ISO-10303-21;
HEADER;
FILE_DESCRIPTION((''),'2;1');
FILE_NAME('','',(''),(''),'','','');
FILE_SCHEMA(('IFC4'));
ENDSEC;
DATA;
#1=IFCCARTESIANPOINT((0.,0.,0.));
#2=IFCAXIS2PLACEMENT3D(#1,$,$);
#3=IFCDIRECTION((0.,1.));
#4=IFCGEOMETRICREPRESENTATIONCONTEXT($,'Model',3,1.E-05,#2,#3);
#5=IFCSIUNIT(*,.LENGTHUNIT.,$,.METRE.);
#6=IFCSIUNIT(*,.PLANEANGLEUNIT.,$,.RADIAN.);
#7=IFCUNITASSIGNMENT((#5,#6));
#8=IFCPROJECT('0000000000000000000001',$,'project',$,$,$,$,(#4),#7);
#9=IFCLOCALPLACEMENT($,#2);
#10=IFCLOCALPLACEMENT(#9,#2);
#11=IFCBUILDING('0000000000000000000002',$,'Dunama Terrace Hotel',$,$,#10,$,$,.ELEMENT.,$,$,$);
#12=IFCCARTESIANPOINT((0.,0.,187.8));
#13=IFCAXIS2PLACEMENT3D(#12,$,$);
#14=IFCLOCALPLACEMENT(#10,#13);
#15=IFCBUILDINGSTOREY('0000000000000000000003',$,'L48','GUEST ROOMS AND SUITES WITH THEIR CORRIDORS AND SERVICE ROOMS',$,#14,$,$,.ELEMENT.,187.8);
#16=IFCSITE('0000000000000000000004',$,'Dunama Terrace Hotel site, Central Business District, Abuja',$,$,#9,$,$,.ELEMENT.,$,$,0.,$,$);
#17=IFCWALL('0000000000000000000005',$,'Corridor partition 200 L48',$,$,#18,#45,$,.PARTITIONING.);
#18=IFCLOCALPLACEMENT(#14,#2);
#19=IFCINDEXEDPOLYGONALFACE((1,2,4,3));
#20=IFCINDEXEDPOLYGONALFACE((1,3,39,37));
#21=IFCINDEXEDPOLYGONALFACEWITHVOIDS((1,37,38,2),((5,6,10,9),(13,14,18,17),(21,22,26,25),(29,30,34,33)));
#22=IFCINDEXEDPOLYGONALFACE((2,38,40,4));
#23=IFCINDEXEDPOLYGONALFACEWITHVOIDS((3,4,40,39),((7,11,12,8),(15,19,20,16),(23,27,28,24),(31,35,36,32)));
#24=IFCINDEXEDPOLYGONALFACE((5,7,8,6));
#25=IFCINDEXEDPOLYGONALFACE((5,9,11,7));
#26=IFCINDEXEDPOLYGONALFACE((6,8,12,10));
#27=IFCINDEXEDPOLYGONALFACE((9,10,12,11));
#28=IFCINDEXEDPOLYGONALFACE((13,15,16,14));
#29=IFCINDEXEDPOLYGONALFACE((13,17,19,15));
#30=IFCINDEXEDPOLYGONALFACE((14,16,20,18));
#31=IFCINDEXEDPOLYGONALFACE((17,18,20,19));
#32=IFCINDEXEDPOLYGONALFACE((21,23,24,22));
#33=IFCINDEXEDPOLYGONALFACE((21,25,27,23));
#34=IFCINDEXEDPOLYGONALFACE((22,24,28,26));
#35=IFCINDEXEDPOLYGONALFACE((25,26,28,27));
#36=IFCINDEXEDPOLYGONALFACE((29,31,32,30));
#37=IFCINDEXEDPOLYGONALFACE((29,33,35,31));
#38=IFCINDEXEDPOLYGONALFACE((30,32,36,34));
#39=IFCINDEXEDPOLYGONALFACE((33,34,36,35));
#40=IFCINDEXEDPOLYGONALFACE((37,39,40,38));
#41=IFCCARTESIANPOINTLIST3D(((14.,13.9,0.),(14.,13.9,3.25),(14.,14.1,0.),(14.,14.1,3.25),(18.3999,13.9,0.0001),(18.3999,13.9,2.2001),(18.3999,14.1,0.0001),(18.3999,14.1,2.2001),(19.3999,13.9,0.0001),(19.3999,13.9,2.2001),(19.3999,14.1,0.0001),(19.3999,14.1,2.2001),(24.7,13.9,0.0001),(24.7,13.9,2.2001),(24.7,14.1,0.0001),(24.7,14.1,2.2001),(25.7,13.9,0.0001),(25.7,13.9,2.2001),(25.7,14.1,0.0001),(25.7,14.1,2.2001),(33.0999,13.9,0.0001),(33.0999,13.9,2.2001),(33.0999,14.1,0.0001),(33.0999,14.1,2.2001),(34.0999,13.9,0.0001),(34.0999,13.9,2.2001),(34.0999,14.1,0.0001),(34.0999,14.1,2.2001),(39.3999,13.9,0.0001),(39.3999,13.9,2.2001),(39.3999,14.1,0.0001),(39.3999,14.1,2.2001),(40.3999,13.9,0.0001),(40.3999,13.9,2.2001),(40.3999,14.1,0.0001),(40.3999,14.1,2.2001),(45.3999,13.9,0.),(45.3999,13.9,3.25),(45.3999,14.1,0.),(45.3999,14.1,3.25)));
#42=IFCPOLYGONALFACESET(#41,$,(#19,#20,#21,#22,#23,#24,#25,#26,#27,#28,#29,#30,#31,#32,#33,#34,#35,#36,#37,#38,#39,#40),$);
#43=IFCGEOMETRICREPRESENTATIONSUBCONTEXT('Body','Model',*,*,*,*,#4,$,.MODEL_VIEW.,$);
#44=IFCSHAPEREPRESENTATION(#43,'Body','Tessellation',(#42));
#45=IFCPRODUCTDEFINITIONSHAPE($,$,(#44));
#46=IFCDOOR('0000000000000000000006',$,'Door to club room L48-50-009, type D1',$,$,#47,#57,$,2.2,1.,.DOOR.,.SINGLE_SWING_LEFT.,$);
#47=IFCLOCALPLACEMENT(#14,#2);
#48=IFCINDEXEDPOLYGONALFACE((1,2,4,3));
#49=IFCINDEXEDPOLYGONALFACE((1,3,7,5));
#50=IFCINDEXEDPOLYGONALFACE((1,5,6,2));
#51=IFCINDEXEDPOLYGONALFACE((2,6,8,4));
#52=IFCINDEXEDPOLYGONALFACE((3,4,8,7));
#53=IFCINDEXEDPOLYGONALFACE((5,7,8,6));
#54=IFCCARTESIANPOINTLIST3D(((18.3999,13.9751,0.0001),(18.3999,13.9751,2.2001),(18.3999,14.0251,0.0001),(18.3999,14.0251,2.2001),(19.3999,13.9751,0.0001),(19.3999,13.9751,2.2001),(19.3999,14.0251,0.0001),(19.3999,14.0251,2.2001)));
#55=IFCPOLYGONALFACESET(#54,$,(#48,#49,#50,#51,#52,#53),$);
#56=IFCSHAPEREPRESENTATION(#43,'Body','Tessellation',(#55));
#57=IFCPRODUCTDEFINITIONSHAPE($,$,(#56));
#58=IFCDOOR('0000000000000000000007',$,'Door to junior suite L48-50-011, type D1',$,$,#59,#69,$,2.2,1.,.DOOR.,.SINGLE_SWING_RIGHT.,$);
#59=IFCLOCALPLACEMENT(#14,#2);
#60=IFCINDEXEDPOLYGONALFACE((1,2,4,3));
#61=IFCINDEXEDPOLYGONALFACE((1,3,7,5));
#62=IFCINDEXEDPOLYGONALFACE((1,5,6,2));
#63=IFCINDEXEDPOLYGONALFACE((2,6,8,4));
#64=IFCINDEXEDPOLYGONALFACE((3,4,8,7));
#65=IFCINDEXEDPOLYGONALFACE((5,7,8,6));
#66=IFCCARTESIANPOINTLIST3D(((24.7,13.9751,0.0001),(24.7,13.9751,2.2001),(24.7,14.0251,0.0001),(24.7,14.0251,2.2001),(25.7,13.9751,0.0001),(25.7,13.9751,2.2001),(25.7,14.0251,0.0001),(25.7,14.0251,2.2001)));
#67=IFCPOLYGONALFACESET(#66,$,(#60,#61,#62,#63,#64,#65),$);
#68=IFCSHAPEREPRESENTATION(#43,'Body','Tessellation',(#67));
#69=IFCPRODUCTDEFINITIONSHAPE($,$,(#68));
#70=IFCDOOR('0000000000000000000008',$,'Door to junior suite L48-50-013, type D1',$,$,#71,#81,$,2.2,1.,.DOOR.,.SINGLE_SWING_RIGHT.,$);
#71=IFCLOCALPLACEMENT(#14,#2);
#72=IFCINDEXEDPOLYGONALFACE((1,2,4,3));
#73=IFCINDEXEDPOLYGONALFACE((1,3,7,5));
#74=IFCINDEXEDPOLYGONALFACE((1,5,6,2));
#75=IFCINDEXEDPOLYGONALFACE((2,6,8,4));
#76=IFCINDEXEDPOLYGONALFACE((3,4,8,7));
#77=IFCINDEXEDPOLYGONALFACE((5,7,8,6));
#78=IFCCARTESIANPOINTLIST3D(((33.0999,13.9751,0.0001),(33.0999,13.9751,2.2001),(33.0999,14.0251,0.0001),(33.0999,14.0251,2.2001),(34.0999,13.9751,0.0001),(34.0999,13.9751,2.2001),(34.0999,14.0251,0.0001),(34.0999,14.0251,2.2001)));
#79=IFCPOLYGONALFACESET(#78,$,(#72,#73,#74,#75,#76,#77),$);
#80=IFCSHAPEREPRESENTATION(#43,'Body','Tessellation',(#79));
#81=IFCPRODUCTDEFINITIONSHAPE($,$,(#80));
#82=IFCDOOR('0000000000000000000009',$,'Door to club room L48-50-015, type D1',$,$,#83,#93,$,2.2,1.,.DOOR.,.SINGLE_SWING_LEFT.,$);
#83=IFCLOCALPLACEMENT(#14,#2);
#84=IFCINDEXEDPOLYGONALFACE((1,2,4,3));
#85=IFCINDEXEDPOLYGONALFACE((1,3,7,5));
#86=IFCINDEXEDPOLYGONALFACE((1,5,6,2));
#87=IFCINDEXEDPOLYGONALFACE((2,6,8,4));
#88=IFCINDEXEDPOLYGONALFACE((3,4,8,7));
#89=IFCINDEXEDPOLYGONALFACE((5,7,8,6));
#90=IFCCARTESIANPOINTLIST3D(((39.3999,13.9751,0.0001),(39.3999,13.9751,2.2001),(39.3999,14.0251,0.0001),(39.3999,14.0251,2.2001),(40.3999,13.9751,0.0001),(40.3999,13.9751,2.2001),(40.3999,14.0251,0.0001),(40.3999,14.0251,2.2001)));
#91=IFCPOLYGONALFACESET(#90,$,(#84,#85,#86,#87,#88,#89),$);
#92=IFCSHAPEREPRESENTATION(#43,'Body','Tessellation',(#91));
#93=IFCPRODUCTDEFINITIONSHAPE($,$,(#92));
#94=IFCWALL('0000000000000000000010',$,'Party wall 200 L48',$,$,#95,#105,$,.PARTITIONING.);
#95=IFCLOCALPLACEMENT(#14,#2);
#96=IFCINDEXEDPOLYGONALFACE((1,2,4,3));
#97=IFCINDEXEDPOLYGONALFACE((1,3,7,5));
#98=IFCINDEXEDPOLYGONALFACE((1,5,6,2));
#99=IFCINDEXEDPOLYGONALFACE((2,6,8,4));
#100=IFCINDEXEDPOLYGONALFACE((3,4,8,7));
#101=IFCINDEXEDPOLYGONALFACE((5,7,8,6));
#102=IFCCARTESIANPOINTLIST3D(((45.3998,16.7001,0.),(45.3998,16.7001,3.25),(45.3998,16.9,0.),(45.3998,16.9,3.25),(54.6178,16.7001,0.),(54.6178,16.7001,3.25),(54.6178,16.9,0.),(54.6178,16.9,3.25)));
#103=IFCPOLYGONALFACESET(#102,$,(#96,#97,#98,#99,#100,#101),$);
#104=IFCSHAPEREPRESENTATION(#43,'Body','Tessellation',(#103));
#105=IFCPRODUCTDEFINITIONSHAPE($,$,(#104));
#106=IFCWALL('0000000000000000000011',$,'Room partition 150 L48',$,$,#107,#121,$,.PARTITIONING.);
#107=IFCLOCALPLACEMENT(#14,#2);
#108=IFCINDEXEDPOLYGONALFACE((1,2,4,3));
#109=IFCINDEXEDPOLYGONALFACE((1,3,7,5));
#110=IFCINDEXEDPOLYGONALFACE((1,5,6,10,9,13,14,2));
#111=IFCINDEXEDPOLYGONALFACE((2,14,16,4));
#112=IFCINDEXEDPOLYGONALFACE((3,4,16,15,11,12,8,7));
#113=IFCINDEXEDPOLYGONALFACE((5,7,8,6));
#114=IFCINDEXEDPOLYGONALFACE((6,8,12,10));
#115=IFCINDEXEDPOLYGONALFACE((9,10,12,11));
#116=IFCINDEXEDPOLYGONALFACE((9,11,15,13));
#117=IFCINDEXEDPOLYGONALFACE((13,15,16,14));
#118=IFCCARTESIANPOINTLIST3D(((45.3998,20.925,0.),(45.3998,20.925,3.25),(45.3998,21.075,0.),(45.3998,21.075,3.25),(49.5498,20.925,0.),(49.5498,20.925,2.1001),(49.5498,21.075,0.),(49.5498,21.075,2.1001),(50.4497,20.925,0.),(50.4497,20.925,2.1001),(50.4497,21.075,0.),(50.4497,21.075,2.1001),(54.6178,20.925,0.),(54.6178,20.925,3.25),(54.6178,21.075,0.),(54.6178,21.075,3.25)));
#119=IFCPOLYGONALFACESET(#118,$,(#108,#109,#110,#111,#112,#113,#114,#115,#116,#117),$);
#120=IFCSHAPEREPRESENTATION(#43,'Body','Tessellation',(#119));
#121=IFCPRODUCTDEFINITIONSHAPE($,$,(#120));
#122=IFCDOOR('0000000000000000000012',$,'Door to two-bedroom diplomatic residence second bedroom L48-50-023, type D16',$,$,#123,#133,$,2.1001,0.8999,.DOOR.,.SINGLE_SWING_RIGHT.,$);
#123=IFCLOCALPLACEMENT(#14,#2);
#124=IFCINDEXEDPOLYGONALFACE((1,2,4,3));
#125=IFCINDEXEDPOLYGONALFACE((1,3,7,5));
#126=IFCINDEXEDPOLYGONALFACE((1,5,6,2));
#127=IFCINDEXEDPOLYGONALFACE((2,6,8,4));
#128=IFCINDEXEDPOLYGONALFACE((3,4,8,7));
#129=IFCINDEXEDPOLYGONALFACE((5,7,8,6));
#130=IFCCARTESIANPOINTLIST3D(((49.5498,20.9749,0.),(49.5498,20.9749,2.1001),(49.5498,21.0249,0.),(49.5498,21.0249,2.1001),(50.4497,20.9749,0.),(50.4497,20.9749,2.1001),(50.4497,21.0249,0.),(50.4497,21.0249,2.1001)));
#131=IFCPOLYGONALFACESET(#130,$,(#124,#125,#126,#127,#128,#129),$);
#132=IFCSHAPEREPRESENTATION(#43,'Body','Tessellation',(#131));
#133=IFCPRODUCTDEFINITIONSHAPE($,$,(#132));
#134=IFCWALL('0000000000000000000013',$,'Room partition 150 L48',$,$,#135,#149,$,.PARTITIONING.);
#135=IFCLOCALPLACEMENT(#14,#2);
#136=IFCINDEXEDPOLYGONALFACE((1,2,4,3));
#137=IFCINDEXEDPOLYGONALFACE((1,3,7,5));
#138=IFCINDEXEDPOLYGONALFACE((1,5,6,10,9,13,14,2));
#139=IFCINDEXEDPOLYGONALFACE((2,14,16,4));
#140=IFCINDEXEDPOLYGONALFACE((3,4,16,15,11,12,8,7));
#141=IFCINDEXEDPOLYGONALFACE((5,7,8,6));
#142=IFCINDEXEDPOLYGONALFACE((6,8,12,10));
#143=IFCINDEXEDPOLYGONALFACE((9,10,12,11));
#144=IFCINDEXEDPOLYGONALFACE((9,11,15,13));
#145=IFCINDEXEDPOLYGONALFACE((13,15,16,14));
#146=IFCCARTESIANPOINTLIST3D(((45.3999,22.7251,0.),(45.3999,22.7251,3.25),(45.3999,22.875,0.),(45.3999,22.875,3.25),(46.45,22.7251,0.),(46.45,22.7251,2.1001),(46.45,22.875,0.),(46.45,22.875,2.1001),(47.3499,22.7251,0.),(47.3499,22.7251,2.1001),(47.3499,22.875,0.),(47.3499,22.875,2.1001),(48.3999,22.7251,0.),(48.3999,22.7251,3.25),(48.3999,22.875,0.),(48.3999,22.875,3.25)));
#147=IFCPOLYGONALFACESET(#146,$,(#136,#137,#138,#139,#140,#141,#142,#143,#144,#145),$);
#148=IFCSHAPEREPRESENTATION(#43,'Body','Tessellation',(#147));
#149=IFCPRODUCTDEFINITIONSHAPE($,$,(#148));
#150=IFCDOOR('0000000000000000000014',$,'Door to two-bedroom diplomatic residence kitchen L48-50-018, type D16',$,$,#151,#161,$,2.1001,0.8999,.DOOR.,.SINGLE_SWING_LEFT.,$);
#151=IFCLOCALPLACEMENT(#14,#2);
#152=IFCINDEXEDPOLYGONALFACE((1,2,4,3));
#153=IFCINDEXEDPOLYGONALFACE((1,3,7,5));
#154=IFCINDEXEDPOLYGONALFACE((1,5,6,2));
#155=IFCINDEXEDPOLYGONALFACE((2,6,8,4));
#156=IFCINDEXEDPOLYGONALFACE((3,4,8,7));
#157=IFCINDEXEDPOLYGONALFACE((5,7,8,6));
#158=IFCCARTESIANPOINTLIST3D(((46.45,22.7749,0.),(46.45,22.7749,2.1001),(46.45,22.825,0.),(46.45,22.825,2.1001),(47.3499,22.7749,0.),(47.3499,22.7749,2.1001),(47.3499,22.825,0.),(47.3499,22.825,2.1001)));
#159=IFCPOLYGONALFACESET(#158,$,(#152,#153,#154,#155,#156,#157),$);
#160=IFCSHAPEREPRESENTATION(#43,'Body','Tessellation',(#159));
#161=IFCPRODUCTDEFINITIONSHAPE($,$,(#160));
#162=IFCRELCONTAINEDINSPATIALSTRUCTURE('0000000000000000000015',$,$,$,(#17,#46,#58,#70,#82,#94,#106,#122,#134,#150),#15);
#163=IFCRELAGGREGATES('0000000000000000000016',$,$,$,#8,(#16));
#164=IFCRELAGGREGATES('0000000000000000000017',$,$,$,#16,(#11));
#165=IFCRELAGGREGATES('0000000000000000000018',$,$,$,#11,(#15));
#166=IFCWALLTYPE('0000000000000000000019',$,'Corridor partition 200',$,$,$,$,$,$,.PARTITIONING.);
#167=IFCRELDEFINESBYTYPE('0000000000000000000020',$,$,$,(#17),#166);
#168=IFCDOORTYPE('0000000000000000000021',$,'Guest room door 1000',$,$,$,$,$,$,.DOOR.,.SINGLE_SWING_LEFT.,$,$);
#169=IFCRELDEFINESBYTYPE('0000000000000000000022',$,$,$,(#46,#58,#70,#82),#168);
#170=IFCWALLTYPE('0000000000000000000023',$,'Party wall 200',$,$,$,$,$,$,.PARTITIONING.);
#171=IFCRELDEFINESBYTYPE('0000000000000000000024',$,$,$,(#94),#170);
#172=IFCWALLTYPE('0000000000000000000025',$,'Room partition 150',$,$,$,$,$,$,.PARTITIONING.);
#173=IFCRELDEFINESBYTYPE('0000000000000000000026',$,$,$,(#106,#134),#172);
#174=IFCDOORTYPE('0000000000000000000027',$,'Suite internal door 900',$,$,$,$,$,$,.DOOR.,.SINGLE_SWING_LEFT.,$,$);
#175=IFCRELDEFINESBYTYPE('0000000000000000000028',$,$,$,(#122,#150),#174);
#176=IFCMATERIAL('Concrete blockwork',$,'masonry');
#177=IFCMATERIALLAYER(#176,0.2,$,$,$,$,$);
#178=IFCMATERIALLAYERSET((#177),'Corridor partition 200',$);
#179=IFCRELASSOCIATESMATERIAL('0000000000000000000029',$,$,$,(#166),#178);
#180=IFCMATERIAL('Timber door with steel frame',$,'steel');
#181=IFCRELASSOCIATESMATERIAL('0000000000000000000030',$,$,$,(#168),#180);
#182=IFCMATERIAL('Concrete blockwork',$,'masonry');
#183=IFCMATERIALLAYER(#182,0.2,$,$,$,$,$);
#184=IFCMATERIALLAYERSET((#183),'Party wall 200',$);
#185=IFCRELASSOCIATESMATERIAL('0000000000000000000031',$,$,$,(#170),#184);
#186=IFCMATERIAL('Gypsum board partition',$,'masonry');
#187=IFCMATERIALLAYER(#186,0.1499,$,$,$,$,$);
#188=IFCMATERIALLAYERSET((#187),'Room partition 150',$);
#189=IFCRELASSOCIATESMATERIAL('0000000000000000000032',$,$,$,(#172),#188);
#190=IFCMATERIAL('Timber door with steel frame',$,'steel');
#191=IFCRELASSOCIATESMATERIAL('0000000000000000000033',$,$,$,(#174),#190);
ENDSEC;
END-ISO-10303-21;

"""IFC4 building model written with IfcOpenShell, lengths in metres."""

from ifc_helpers import new_model, si_unit, direction, frame, frame_2d, origin, place, context, subcontext, project, spatial, rectangle, extrude, material, layer, layer_set, type_object, element, fill, save


model = new_model("IFC4")

# Units and contexts
model_context = context("Model", 3, precision=1e-05, world=origin(), true_north=direction((0.0, 1.0)))
body_context = subcontext(model_context, "Body", "Model", "MODEL_VIEW")
ifc_project = project(units=[si_unit("LENGTHUNIT", "METRE"), si_unit("PLANEANGLEUNIT", "RADIAN")], contexts=[model_context])

# Site, building, storey
site_placement = place(None, origin())
site = spatial("IfcSite", under=ifc_project, at=site_placement, Name="Dunama Terrace Hotel site, Central Business District, Abuja", CompositionType="ELEMENT", RefElevation=0.0)
building_placement = place(site_placement, origin())
building = spatial("IfcBuilding", under=site, at=building_placement, Name="Dunama Terrace Hotel", CompositionType="ELEMENT")
storey_placement = place(building_placement, frame((0.0, 0.0, 187.8)))
storey = spatial("IfcBuildingStorey", under=building, at=storey_placement, Name="L48", Description="GUEST ROOMS AND SUITES WITH THEIR CORRIDORS AND SERVICE ROOMS", CompositionType="ELEMENT", Elevation=187.8)

# Wall, openings, doors
ifc_material_1 = material(Name="Concrete blockwork", Category="masonry")
ifc_layer_1 = layer(ifc_material_1, 0.2)
ifc_layer_set_1 = layer_set([ifc_layer_1], Name="Corridor partition 200")
wall_type_1 = type_object("IfcWallType", Name="Corridor partition 200", PredefinedType="PARTITIONING", material=ifc_layer_set_1)
wall_1_placement = place(storey_placement, frame((45.3999, 14.0, 0.0), z_axis=(0.0, 0.0, 1.0), x_axis=(-1.0, 0.0, 0.0)))
wall_1 = element("IfcWall", 1, at=wall_1_placement, inside=storey, type_object=wall_type_1, Name="Corridor partition 200 L48", PredefinedType="PARTITIONING", context=body_context, shape_type="SweptSolid", body=[
    extrude(rectangle(XDim=31.3999, YDim=0.2, at=frame_2d((15.7, 0.0))), origin(), (0.0, 0.0, 1.0), 3.25),
])
opening_1_placement = place(wall_1_placement, frame((26.0, 0.0, 0.0)))
opening_1 = element("IfcOpeningElement", 2, at=opening_1_placement, cuts=wall_1, PredefinedType="OPENING", context=body_context, shape_type="SweptSolid", body=[
    extrude(rectangle(XDim=1.0, YDim=2.2, at=frame_2d((0.5, 1.1001))), frame((0.0, 0.1099, 0.0), z_axis=(0.0, -1.0, 0.0), x_axis=(1.0, 0.0, 0.0)), (0.0, 0.0, 1.0), 0.22),
])
opening_2_placement = place(wall_1_placement, frame((19.7, 0.0, 0.0)))
opening_2 = element("IfcOpeningElement", 3, at=opening_2_placement, cuts=wall_1, PredefinedType="OPENING", context=body_context, shape_type="SweptSolid", body=[
    extrude(rectangle(XDim=1.0, YDim=2.2, at=frame_2d((0.5, 1.1001))), frame((0.0, 0.1099, 0.0), z_axis=(0.0, -1.0, 0.0), x_axis=(1.0, 0.0, 0.0)), (0.0, 0.0, 1.0), 0.22),
])
opening_3_placement = place(wall_1_placement, frame((11.3, 0.0, 0.0)))
opening_3 = element("IfcOpeningElement", 4, at=opening_3_placement, cuts=wall_1, PredefinedType="OPENING", context=body_context, shape_type="SweptSolid", body=[
    extrude(rectangle(XDim=1.0, YDim=2.2, at=frame_2d((0.5, 1.1001))), frame((0.0, 0.1099, 0.0), z_axis=(0.0, -1.0, 0.0), x_axis=(1.0, 0.0, 0.0)), (0.0, 0.0, 1.0), 0.22),
])
opening_4_placement = place(wall_1_placement, frame((5.0, 0.0, 0.0)))
opening_4 = element("IfcOpeningElement", 5, at=opening_4_placement, cuts=wall_1, PredefinedType="OPENING", context=body_context, shape_type="SweptSolid", body=[
    extrude(rectangle(XDim=1.0, YDim=2.2, at=frame_2d((0.5, 1.1001))), frame((0.0, 0.1099, 0.0), z_axis=(0.0, -1.0, 0.0), x_axis=(1.0, 0.0, 0.0)), (0.0, 0.0, 1.0), 0.22),
])
ifc_material_2 = material(Name="Timber door with steel frame", Category="steel")
door_type_1 = type_object("IfcDoorType", Name="Guest room door 1000", OperationType="SINGLE_SWING_LEFT", PredefinedType="DOOR", material=ifc_material_2)
door_1_placement = place(opening_1_placement, origin())
door_1 = element("IfcDoor", 6, at=door_1_placement, inside=storey, type_object=door_type_1, Name="Door to club room L48-50-009, type D1", OperationType="SINGLE_SWING_LEFT", OverallHeight=2.2, OverallWidth=1.0, PredefinedType="DOOR", context=body_context, shape_type="SweptSolid", body=[
    extrude(rectangle(XDim=1.0, YDim=2.2, at=frame_2d((0.5, 1.1001))), frame((0.0, 0.0249, 0.0), z_axis=(0.0, -1.0, 0.0), x_axis=(1.0, 0.0, 0.0)), (0.0, 0.0, 1.0), 0.05),
])
fill(opening_1, door_1)
door_2_placement = place(opening_2_placement, origin())
door_2 = element("IfcDoor", 7, at=door_2_placement, inside=storey, type_object=door_type_1, Name="Door to junior suite L48-50-011, type D1", OperationType="SINGLE_SWING_RIGHT", OverallHeight=2.2, OverallWidth=1.0, PredefinedType="DOOR", context=body_context, shape_type="SweptSolid", body=[
    extrude(rectangle(XDim=1.0, YDim=2.2, at=frame_2d((0.5, 1.1001))), frame((0.0, 0.0249, 0.0), z_axis=(0.0, -1.0, 0.0), x_axis=(1.0, 0.0, 0.0)), (0.0, 0.0, 1.0), 0.05),
])
fill(opening_2, door_2)
door_3_placement = place(opening_3_placement, origin())
door_3 = element("IfcDoor", 8, at=door_3_placement, inside=storey, type_object=door_type_1, Name="Door to junior suite L48-50-013, type D1", OperationType="SINGLE_SWING_RIGHT", OverallHeight=2.2, OverallWidth=1.0, PredefinedType="DOOR", context=body_context, shape_type="SweptSolid", body=[
    extrude(rectangle(XDim=1.0, YDim=2.2, at=frame_2d((0.5, 1.1001))), frame((0.0, 0.0249, 0.0), z_axis=(0.0, -1.0, 0.0), x_axis=(1.0, 0.0, 0.0)), (0.0, 0.0, 1.0), 0.05),
])
fill(opening_3, door_3)
door_4_placement = place(opening_4_placement, origin())
door_4 = element("IfcDoor", 9, at=door_4_placement, inside=storey, type_object=door_type_1, Name="Door to club room L48-50-015, type D1", OperationType="SINGLE_SWING_LEFT", OverallHeight=2.2, OverallWidth=1.0, PredefinedType="DOOR", context=body_context, shape_type="SweptSolid", body=[
    extrude(rectangle(XDim=1.0, YDim=2.2, at=frame_2d((0.5, 1.1001))), frame((0.0, 0.0249, 0.0), z_axis=(0.0, -1.0, 0.0), x_axis=(1.0, 0.0, 0.0)), (0.0, 0.0, 1.0), 0.05),
])
fill(opening_4, door_4)

# Wall
ifc_material_3 = material(Name="Concrete blockwork", Category="masonry")
ifc_layer_2 = layer(ifc_material_3, 0.2)
ifc_layer_set_2 = layer_set([ifc_layer_2], Name="Party wall 200")
wall_type_2 = type_object("IfcWallType", Name="Party wall 200", PredefinedType="PARTITIONING", material=ifc_layer_set_2)
wall_2_placement = place(storey_placement, frame((45.3999, 16.8, 0.0), z_axis=(0.0, 0.0, 1.0), x_axis=(1.0, 0.0, 0.0)))
element("IfcWall", 10, at=wall_2_placement, inside=storey, type_object=wall_type_2, Name="Party wall 200 L48", PredefinedType="PARTITIONING", context=body_context, shape_type="SweptSolid", body=[
    extrude(rectangle(XDim=9.218, YDim=0.2, at=frame_2d((4.6089, 0.0))), origin(), (0.0, 0.0, 1.0), 3.25),
])

# Walls, openings, doors
ifc_material_4 = material(Name="Gypsum board partition", Category="masonry")
ifc_layer_3 = layer(ifc_material_4, 0.1499)
ifc_layer_set_3 = layer_set([ifc_layer_3], Name="Room partition 150")
wall_type_3 = type_object("IfcWallType", Name="Room partition 150", PredefinedType="PARTITIONING", material=ifc_layer_set_3)
wall_3_placement = place(storey_placement, frame((45.3999, 21.0, 0.0), z_axis=(0.0, 0.0, 1.0), x_axis=(1.0, 0.0, 0.0)))
wall_3 = element("IfcWall", 11, at=wall_3_placement, inside=storey, type_object=wall_type_3, Name="Room partition 150 L48", PredefinedType="PARTITIONING", context=body_context, shape_type="SweptSolid", body=[
    extrude(rectangle(XDim=9.218, YDim=0.1499, at=frame_2d((4.6089, 0.0))), origin(), (0.0, 0.0, 1.0), 3.25),
])
opening_5_placement = place(wall_3_placement, frame((4.1499, 0.0, 0.0)))
opening_5 = element("IfcOpeningElement", 12, at=opening_5_placement, cuts=wall_3, PredefinedType="OPENING", context=body_context, shape_type="SweptSolid", body=[
    extrude(rectangle(XDim=0.8999, YDim=2.1001, at=frame_2d((0.45, 1.05))), frame((0.0, 0.085, 0.0), z_axis=(0.0, -1.0, 0.0), x_axis=(1.0, 0.0, 0.0)), (0.0, 0.0, 1.0), 0.1699),
])
ifc_material_5 = material(Name="Timber door with steel frame", Category="steel")
door_type_2 = type_object("IfcDoorType", Name="Suite internal door 900", OperationType="SINGLE_SWING_LEFT", PredefinedType="DOOR", material=ifc_material_5)
door_5_placement = place(opening_5_placement, frame((0.8999, 0.0, 0.0), z_axis=(0.0, 0.0, 1.0), x_axis=(-1.0, 0.0, 0.0)))
door_5 = element("IfcDoor", 13, at=door_5_placement, inside=storey, type_object=door_type_2, Name="Door to two-bedroom diplomatic residence second bedroom L48-50-023, type D16", OperationType="SINGLE_SWING_RIGHT", OverallHeight=2.1001, OverallWidth=0.8999, PredefinedType="DOOR", context=body_context, shape_type="SweptSolid", body=[
    extrude(rectangle(XDim=0.8999, YDim=2.1001, at=frame_2d((0.45, 1.05))), frame((0.0, 0.0251, 0.0), z_axis=(0.0, -1.0, 0.0), x_axis=(1.0, 0.0, 0.0)), (0.0, 0.0, 1.0), 0.05),
])
fill(opening_5, door_5)
wall_4_placement = place(storey_placement, frame((45.3999, 22.8, 0.0), z_axis=(0.0, 0.0, 1.0), x_axis=(1.0, 0.0, 0.0)))
wall_4 = element("IfcWall", 14, at=wall_4_placement, inside=storey, type_object=wall_type_3, Name="Room partition 150 L48", PredefinedType="PARTITIONING", context=body_context, shape_type="SweptSolid", body=[
    extrude(rectangle(XDim=3.0, YDim=0.1499, at=frame_2d((1.5, 0.0))), origin(), (0.0, 0.0, 1.0), 3.25),
])
opening_6_placement = place(wall_4_placement, frame((1.05, 0.0, 0.0)))
opening_6 = element("IfcOpeningElement", 15, at=opening_6_placement, cuts=wall_4, PredefinedType="OPENING", context=body_context, shape_type="SweptSolid", body=[
    extrude(rectangle(XDim=0.8999, YDim=2.1001, at=frame_2d((0.45, 1.05))), frame((0.0, 0.085, 0.0), z_axis=(0.0, -1.0, 0.0), x_axis=(1.0, 0.0, 0.0)), (0.0, 0.0, 1.0), 0.1699),
])
door_6_placement = place(opening_6_placement, origin())
door_6 = element("IfcDoor", 16, at=door_6_placement, inside=storey, type_object=door_type_2, Name="Door to two-bedroom diplomatic residence kitchen L48-50-018, type D16", OperationType="SINGLE_SWING_LEFT", OverallHeight=2.1001, OverallWidth=0.8999, PredefinedType="DOOR", context=body_context, shape_type="SweptSolid", body=[
    extrude(rectangle(XDim=0.8999, YDim=2.1001, at=frame_2d((0.45, 1.05))), frame((0.0, 0.0249, 0.0), z_axis=(0.0, -1.0, 0.0), x_axis=(1.0, 0.0, 0.0)), (0.0, 0.0, 1.0), 0.05),
])
fill(opening_6, door_6)

save(model, "model.ifc")
